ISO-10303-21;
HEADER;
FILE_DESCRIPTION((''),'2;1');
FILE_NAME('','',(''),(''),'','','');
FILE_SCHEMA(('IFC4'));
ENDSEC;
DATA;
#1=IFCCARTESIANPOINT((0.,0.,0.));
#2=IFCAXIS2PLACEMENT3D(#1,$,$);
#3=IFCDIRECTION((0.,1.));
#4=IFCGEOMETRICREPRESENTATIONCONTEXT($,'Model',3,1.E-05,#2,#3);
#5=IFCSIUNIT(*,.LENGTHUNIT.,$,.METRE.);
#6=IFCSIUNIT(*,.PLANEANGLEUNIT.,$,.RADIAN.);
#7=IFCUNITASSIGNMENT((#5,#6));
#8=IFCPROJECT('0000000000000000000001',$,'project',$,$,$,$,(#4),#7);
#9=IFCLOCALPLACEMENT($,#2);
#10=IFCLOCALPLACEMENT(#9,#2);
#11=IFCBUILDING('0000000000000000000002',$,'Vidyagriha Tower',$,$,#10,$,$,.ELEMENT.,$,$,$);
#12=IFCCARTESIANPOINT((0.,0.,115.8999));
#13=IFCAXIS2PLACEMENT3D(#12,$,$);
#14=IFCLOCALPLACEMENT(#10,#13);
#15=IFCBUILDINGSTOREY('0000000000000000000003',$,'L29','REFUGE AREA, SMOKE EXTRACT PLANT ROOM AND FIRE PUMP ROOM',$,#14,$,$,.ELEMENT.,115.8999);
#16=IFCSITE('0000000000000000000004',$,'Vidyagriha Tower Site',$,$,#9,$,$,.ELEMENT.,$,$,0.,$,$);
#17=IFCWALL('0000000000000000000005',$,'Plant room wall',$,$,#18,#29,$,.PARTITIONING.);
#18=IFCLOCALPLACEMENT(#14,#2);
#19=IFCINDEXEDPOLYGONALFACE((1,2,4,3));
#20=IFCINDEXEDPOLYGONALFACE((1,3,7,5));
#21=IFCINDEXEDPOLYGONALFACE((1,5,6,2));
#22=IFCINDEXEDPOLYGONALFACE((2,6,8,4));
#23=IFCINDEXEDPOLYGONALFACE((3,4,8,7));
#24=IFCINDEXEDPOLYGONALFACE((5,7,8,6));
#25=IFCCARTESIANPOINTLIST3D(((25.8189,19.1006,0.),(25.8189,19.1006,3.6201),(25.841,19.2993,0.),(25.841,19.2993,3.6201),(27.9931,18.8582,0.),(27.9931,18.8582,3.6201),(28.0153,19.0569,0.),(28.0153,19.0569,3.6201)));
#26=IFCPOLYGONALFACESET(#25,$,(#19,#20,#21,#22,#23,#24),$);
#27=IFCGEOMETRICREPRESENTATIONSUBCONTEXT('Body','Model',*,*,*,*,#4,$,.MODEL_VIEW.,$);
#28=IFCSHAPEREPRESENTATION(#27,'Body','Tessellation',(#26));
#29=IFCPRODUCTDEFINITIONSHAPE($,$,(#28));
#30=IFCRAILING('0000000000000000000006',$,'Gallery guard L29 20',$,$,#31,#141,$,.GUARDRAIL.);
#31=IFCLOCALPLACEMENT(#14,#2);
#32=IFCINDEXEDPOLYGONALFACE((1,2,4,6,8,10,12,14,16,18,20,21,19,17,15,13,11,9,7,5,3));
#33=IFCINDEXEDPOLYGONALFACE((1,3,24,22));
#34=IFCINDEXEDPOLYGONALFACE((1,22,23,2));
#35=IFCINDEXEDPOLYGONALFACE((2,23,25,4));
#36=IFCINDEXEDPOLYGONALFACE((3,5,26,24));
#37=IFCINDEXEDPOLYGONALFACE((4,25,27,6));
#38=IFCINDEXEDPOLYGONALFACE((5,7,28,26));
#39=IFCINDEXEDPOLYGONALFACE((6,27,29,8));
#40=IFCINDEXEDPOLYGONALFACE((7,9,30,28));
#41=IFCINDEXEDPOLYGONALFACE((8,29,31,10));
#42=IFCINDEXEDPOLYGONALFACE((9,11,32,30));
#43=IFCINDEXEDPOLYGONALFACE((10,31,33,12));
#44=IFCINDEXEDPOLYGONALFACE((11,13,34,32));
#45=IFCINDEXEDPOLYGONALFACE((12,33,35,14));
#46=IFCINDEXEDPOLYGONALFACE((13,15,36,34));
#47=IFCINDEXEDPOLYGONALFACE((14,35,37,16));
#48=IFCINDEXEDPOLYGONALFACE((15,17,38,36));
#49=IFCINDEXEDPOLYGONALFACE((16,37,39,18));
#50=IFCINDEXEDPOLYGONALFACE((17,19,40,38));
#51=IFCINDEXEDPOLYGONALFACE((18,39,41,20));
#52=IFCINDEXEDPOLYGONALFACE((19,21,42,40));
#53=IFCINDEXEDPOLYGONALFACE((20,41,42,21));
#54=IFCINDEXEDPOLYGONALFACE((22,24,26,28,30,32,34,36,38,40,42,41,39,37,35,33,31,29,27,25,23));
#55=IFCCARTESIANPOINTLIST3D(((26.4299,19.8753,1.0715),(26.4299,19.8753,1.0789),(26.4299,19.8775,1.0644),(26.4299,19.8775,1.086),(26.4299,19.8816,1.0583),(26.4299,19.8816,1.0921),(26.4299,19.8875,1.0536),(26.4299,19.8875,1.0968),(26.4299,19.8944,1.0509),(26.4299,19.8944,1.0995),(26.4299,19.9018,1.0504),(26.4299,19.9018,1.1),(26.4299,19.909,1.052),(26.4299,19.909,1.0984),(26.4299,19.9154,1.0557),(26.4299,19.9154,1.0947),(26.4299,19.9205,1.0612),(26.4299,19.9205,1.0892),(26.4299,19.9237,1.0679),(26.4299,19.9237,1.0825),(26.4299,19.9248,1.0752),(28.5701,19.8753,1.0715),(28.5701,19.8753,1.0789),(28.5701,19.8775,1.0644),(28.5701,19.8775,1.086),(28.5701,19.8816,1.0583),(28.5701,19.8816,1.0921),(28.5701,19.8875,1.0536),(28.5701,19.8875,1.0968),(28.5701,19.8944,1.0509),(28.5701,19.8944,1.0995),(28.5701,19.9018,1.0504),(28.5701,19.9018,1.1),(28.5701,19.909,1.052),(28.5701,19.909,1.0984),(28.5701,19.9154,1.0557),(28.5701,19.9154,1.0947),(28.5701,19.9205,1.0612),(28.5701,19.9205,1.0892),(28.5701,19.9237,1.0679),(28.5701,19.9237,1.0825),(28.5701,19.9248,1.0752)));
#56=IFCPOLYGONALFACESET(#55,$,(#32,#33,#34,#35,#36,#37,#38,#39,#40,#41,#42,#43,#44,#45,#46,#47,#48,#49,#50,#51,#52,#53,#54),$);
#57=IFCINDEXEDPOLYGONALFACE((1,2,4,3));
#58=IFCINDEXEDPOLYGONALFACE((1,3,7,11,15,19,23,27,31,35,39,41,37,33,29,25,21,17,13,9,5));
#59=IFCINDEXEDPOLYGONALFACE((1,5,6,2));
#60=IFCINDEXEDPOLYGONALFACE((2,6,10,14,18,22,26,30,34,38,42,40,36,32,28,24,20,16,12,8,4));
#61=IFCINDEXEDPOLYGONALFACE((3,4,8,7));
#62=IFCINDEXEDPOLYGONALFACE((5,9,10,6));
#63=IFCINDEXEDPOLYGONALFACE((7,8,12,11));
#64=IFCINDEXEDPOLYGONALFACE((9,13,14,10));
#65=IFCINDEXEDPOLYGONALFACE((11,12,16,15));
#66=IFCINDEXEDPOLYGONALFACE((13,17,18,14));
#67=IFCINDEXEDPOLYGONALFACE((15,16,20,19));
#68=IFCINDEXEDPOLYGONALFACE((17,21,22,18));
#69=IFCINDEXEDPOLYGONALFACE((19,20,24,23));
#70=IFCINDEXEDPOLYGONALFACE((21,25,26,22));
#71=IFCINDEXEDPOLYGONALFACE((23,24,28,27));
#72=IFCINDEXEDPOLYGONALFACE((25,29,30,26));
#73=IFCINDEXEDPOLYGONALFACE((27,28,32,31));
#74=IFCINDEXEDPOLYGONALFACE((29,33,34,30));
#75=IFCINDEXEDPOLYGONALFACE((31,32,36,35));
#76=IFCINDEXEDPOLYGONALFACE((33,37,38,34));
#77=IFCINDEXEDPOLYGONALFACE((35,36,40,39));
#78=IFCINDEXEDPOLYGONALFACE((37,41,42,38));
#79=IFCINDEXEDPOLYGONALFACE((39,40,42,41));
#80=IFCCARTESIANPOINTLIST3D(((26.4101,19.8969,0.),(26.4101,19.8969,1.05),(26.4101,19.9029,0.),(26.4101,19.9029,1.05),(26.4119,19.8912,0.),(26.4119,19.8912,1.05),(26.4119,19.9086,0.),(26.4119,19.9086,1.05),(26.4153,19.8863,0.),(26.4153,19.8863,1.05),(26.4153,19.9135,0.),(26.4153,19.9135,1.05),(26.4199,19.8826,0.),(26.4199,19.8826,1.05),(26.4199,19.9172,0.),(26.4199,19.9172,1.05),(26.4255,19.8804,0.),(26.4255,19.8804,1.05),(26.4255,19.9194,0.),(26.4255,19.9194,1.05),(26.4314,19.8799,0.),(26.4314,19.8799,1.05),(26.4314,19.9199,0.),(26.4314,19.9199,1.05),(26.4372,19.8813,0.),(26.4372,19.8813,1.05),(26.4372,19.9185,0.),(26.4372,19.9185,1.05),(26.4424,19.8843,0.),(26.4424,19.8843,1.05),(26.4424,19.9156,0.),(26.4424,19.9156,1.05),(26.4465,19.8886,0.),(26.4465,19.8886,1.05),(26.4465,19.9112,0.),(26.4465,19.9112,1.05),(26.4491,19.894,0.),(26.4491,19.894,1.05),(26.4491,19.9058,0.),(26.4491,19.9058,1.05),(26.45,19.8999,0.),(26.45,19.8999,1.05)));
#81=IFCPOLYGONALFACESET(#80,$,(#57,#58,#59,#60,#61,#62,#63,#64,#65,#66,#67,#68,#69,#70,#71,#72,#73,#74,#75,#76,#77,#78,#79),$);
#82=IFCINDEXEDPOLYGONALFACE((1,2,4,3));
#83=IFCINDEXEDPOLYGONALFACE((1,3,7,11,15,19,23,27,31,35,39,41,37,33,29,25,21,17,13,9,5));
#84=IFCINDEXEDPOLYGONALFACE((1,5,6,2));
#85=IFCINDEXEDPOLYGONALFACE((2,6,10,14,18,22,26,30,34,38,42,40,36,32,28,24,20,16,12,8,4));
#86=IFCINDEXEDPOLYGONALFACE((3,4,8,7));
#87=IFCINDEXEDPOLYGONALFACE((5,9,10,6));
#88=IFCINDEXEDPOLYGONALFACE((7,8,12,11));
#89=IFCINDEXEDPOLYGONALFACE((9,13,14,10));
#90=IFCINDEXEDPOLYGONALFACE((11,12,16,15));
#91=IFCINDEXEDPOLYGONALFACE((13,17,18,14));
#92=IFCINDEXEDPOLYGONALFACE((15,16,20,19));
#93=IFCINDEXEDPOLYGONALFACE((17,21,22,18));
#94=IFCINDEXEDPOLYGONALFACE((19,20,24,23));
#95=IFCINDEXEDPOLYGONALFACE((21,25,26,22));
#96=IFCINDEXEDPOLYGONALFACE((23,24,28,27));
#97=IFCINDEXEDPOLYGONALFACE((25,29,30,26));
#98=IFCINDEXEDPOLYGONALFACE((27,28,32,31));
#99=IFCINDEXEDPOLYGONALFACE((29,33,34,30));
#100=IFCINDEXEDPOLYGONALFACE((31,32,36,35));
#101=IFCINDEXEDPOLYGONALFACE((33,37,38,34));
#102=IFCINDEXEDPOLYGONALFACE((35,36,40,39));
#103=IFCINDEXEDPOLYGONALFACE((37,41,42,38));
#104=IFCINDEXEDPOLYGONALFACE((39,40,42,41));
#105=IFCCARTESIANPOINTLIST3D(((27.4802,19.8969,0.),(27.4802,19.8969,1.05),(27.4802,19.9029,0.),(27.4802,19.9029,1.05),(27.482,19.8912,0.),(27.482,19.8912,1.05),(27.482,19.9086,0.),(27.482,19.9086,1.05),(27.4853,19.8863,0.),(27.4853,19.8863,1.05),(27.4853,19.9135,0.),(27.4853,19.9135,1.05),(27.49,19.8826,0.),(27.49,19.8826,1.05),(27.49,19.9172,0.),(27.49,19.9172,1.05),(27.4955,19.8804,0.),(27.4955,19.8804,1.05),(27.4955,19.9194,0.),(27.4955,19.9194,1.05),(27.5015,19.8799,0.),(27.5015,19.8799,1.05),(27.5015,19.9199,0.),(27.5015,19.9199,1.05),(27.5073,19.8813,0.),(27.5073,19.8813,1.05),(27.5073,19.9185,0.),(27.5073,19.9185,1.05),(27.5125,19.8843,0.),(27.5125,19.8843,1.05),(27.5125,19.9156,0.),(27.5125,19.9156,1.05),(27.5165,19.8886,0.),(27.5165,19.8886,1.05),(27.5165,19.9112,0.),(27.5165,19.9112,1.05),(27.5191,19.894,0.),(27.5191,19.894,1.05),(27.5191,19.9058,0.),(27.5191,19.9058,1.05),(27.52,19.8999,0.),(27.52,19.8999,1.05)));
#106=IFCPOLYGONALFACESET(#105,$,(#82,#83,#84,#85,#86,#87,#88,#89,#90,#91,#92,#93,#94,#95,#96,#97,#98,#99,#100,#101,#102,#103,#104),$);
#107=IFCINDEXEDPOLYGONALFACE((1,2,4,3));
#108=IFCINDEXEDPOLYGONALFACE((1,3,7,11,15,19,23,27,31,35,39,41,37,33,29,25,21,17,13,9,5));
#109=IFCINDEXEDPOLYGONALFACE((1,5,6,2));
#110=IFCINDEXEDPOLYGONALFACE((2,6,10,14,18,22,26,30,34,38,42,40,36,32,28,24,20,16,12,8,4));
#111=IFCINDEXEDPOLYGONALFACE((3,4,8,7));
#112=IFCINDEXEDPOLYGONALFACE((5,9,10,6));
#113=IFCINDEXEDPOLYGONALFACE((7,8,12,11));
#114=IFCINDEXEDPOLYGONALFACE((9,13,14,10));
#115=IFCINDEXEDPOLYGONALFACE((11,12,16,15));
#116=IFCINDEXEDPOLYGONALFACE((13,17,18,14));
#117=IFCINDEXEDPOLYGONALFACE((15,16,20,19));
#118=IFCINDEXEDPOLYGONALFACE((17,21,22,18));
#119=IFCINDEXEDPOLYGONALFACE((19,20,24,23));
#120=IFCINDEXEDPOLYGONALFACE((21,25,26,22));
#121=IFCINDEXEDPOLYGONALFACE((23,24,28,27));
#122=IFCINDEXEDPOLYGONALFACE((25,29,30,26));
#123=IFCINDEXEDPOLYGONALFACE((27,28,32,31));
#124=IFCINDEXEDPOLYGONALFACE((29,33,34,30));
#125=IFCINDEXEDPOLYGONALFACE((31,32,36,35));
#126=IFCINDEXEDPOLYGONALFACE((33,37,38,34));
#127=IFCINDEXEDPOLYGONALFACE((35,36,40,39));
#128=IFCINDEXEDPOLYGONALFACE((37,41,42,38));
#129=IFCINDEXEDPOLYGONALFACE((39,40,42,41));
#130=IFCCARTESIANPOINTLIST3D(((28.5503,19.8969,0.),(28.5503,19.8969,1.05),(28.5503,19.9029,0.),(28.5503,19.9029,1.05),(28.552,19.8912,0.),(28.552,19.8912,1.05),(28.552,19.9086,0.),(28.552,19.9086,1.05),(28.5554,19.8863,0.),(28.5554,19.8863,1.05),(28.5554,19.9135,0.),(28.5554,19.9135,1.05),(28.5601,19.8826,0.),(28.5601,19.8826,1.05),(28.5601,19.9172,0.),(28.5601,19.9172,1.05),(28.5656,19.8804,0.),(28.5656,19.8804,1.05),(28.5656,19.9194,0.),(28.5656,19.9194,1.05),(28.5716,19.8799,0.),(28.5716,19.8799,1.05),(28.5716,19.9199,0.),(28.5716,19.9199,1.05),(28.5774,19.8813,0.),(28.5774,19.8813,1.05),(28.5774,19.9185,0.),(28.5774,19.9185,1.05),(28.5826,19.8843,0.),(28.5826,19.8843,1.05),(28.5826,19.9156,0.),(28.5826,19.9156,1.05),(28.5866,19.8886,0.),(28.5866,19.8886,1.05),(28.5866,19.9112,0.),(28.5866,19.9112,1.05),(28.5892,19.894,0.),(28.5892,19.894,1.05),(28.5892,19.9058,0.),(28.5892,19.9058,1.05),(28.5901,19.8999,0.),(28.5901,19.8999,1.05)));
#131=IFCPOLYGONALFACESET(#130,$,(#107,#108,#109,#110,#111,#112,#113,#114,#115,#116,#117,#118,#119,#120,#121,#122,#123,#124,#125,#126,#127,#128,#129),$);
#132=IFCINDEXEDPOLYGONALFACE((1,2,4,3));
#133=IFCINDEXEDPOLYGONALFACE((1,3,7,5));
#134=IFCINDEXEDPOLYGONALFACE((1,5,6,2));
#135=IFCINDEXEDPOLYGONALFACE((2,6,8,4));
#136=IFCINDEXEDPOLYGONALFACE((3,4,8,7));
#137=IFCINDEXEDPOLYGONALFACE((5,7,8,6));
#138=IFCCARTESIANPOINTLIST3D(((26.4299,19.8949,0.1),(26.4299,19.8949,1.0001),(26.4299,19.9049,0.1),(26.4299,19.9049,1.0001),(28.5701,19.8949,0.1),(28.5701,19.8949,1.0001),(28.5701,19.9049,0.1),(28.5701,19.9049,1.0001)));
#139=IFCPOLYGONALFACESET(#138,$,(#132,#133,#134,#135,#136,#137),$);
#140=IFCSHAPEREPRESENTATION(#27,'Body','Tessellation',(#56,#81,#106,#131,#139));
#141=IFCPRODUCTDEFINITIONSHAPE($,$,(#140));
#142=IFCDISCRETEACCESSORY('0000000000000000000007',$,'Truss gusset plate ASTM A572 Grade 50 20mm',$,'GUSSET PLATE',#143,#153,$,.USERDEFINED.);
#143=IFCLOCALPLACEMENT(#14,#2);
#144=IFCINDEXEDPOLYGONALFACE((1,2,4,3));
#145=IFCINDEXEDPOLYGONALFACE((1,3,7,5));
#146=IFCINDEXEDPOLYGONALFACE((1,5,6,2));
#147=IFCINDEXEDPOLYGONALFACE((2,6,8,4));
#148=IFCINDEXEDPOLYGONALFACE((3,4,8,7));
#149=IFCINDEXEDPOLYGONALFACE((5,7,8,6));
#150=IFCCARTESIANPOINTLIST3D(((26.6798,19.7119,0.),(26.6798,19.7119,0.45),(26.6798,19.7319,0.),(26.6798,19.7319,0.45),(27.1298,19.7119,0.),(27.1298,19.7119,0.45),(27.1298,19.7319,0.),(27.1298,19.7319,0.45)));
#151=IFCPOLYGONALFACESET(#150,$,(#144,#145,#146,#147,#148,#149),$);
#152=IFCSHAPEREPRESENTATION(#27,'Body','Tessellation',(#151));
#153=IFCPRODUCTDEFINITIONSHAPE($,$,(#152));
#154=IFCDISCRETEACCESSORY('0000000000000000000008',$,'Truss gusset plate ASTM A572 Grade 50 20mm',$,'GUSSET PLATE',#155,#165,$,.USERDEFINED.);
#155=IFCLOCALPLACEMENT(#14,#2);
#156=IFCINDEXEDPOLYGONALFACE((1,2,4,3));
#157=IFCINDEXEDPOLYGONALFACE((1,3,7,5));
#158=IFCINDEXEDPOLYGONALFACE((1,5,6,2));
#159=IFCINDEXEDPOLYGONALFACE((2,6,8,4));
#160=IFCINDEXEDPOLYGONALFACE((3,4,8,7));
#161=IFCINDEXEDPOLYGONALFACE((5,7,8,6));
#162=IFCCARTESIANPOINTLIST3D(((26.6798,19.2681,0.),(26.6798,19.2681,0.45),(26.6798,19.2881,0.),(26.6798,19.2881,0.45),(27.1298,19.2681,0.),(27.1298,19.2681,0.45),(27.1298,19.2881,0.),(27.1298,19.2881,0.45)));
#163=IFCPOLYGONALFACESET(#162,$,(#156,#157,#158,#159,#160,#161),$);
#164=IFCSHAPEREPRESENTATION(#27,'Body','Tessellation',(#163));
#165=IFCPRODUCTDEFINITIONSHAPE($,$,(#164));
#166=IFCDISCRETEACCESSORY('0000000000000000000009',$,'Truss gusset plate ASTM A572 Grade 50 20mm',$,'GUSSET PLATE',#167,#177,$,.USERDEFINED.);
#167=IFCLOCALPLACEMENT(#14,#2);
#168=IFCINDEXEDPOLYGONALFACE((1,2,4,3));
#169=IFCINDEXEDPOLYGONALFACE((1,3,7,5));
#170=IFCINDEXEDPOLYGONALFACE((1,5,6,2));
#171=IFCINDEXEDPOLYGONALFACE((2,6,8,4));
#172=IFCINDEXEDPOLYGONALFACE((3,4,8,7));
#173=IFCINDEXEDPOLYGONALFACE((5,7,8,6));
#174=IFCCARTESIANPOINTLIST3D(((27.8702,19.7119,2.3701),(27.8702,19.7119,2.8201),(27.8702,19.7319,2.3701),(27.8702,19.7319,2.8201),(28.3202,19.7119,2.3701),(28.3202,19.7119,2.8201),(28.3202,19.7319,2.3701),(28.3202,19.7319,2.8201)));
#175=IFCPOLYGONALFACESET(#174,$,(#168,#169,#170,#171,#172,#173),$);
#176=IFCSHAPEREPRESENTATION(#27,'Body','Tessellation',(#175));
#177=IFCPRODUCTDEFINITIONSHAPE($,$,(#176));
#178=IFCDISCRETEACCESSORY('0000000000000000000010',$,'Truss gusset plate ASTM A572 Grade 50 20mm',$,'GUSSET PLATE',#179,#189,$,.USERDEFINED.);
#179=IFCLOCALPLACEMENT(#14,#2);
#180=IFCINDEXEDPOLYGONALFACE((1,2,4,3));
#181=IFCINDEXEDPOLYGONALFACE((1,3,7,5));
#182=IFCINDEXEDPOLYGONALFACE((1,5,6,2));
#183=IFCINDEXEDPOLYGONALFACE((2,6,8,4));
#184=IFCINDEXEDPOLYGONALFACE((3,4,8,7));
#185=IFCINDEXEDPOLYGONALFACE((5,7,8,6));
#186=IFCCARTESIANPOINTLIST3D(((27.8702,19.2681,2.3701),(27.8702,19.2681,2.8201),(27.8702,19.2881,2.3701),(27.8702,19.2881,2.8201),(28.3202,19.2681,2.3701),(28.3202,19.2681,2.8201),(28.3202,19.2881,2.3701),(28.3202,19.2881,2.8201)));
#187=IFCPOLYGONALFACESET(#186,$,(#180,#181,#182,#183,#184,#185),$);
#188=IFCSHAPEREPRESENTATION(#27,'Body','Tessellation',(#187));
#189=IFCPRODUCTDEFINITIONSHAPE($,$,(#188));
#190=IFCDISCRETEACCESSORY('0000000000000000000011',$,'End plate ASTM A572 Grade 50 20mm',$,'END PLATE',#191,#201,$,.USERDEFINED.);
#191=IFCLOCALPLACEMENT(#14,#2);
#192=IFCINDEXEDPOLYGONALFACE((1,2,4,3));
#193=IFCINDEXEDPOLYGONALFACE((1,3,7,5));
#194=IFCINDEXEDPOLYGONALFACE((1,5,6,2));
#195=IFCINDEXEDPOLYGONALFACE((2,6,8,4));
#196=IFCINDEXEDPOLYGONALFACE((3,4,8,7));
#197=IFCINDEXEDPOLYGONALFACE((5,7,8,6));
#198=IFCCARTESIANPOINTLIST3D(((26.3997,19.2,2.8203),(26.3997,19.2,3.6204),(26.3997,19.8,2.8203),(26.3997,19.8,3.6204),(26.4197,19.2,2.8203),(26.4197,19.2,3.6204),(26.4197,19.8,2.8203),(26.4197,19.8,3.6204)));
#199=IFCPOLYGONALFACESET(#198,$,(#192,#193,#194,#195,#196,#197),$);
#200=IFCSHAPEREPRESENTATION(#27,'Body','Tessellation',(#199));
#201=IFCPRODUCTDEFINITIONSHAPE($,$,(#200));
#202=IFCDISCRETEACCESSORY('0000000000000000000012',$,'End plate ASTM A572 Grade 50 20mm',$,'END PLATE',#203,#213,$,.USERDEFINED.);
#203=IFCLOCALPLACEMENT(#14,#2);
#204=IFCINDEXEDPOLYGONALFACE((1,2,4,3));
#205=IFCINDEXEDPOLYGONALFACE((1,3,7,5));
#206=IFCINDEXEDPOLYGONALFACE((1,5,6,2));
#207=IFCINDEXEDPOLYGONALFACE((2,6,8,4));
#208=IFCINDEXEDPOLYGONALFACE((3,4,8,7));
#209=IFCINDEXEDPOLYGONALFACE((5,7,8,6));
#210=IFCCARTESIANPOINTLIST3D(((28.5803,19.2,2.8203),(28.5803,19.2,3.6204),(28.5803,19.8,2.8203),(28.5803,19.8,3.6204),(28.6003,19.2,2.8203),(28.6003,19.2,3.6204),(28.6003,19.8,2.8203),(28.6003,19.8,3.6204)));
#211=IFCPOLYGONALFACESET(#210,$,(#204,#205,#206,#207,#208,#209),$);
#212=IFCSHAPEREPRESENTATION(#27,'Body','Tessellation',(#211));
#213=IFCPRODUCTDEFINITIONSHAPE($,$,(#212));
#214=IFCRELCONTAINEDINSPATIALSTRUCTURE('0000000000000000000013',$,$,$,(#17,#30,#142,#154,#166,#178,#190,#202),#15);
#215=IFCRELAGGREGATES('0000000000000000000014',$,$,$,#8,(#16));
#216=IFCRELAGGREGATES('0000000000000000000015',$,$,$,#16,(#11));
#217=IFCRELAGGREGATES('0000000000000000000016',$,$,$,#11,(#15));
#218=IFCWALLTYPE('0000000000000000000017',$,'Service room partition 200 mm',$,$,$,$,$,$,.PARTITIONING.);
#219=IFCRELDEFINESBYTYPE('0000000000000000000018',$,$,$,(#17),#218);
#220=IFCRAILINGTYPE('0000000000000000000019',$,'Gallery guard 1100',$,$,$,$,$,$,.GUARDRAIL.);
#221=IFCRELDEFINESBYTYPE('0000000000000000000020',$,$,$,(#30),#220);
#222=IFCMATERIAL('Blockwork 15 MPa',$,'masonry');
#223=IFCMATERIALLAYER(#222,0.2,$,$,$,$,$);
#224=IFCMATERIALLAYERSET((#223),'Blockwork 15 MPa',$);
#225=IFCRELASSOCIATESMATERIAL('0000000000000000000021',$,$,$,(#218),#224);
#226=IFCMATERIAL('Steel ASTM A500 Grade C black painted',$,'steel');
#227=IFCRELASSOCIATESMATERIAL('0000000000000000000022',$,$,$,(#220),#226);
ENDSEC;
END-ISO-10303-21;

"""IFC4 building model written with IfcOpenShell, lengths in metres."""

from ifc_helpers import new_model, si_unit, direction, frame, frame_2d, origin, origin_2d, place, context, subcontext, project, spatial, rectangle, circle, extrude, material, layer, layer_set, type_object, element, save


model = new_model("IFC4")

# Units and contexts
model_context = context("Model", 3, precision=1e-05, world=origin(), true_north=direction((0.0, 1.0)))
body_context = subcontext(model_context, "Body", "Model", "MODEL_VIEW")
ifc_project = project(units=[si_unit("LENGTHUNIT", "METRE"), si_unit("PLANEANGLEUNIT", "RADIAN")], contexts=[model_context])

# Site, building, storey
site_placement = place(None, origin())
site = spatial("IfcSite", under=ifc_project, at=site_placement, Name="Vidyagriha Tower Site", CompositionType="ELEMENT", RefElevation=0.0)
building_placement = place(site_placement, origin())
building = spatial("IfcBuilding", under=site, at=building_placement, Name="Vidyagriha Tower", CompositionType="ELEMENT")
storey_placement = place(building_placement, frame((0.0, 0.0, 115.8999)))
storey = spatial("IfcBuildingStorey", under=building, at=storey_placement, Name="L29", Description="REFUGE AREA, SMOKE EXTRACT PLANT ROOM AND FIRE PUMP ROOM", CompositionType="ELEMENT", Elevation=115.8999)

# Wall
ifc_material_1 = material(Name="Blockwork 15 MPa", Category="masonry")
ifc_layer_1 = layer(ifc_material_1, 0.2)
ifc_layer_set_1 = layer_set([ifc_layer_1], Name="Blockwork 15 MPa")
wall_type = type_object("IfcWallType", Name="Service room partition 200 mm", PredefinedType="PARTITIONING", material=ifc_layer_set_1)
wall_placement = place(storey_placement, frame((25.8301, 19.2, 0.0), z_axis=(0.0, 0.0, 1.0), x_axis=(0.993841, -0.110811, 0.0)))
element("IfcWall", 1, at=wall_placement, inside=storey, type_object=wall_type, Name="Plant room wall", PredefinedType="PARTITIONING", context=body_context, shape_type="SweptSolid", body=[
    extrude(rectangle(XDim=2.1877, YDim=0.2, at=frame_2d((1.0938, 0.0))), origin(), (0.0, 0.0, 1.0), 3.6201),
])

# Railing
ifc_material_2 = material(Name="Steel ASTM A500 Grade C black painted", Category="steel")
railing_type_1 = type_object("IfcRailingType", Name="Gallery guard 1100", PredefinedType="GUARDRAIL", material=ifc_material_2)
railing_1_placement = place(storey_placement, frame((26.4299, 19.8999, 0.0)))
element("IfcRailing", 2, at=railing_1_placement, inside=storey, type_object=railing_type_1, Name="Gallery guard L29 20", PredefinedType="GUARDRAIL", context=body_context, shape_type="SweptSolid", body=[
    extrude(circle(Radius=0.0249, at=origin_2d()), frame((0.0, 0.0, 1.0752), z_axis=(1.0, 0.0, 0.0), x_axis=(0.0, 1.0, 0.0)), (0.0, 0.0, 1.0), 2.1401),
    extrude(circle(Radius=0.02, at=origin_2d()), origin(), (0.0, 0.0, 1.0), 1.05),
    extrude(circle(Radius=0.02, at=origin_2d()), frame((1.0701, 0.0, 0.0)), (0.0, 0.0, 1.0), 1.05),
    extrude(circle(Radius=0.02, at=origin_2d()), frame((2.1401, 0.0, 0.0)), (0.0, 0.0, 1.0), 1.05),
    extrude(rectangle(XDim=0.01, YDim=0.9001, at=origin_2d()), frame((0.0, 0.0, 0.55), z_axis=(1.0, 0.0, 0.0), x_axis=(0.0, 1.0, 0.0)), (0.0, 0.0, 1.0), 2.1401),
])

# Discrete accessories
for number, where, name in (
    (3, (26.9048, 19.7219, 0.0), "Truss gusset plate ASTM A572 Grade 50 20mm"),
    (4, (26.9048, 19.2781, 0.0), "Truss gusset plate ASTM A572 Grade 50 20mm"),
    (5, (28.0952, 19.7219, 2.3701), "Truss gusset plate ASTM A572 Grade 50 20mm"),
    (6, (28.0952, 19.2781, 2.3701), "Truss gusset plate ASTM A572 Grade 50 20mm"),
):
    element("IfcDiscreteAccessory", number, at=place(storey_placement, frame(where)), inside=storey, Name=name, ObjectType="GUSSET PLATE", PredefinedType="USERDEFINED", context=body_context, shape_type="SweptSolid", body=[
        extrude(rectangle(XDim=0.45, YDim=0.02, at=origin_2d()), origin(), (0.0, 0.0, 1.0), 0.45),
    ])
discrete_accessory_1_placement = place(storey_placement, frame((26.4097, 19.5, 2.8203), z_axis=(0.0, 0.0, 1.0), x_axis=(-1.0, 0.0, 0.0)))
element("IfcDiscreteAccessory", 7, at=discrete_accessory_1_placement, inside=storey, Name="End plate ASTM A572 Grade 50 20mm", ObjectType="END PLATE", PredefinedType="USERDEFINED", context=body_context, shape_type="SweptSolid", body=[
    extrude(rectangle(XDim=0.02, YDim=0.6001, at=origin_2d()), origin(), (0.0, 0.0, 1.0), 0.8),
])
discrete_accessory_2_placement = place(storey_placement, frame((28.5903, 19.5, 2.8203)))
element("IfcDiscreteAccessory", 8, at=discrete_accessory_2_placement, inside=storey, Name="End plate ASTM A572 Grade 50 20mm", ObjectType="END PLATE", PredefinedType="USERDEFINED", context=body_context, shape_type="SweptSolid", body=[
    extrude(rectangle(XDim=0.02, YDim=0.6001, at=origin_2d()), origin(), (0.0, 0.0, 1.0), 0.8),
])

save(model, "model.ifc")
